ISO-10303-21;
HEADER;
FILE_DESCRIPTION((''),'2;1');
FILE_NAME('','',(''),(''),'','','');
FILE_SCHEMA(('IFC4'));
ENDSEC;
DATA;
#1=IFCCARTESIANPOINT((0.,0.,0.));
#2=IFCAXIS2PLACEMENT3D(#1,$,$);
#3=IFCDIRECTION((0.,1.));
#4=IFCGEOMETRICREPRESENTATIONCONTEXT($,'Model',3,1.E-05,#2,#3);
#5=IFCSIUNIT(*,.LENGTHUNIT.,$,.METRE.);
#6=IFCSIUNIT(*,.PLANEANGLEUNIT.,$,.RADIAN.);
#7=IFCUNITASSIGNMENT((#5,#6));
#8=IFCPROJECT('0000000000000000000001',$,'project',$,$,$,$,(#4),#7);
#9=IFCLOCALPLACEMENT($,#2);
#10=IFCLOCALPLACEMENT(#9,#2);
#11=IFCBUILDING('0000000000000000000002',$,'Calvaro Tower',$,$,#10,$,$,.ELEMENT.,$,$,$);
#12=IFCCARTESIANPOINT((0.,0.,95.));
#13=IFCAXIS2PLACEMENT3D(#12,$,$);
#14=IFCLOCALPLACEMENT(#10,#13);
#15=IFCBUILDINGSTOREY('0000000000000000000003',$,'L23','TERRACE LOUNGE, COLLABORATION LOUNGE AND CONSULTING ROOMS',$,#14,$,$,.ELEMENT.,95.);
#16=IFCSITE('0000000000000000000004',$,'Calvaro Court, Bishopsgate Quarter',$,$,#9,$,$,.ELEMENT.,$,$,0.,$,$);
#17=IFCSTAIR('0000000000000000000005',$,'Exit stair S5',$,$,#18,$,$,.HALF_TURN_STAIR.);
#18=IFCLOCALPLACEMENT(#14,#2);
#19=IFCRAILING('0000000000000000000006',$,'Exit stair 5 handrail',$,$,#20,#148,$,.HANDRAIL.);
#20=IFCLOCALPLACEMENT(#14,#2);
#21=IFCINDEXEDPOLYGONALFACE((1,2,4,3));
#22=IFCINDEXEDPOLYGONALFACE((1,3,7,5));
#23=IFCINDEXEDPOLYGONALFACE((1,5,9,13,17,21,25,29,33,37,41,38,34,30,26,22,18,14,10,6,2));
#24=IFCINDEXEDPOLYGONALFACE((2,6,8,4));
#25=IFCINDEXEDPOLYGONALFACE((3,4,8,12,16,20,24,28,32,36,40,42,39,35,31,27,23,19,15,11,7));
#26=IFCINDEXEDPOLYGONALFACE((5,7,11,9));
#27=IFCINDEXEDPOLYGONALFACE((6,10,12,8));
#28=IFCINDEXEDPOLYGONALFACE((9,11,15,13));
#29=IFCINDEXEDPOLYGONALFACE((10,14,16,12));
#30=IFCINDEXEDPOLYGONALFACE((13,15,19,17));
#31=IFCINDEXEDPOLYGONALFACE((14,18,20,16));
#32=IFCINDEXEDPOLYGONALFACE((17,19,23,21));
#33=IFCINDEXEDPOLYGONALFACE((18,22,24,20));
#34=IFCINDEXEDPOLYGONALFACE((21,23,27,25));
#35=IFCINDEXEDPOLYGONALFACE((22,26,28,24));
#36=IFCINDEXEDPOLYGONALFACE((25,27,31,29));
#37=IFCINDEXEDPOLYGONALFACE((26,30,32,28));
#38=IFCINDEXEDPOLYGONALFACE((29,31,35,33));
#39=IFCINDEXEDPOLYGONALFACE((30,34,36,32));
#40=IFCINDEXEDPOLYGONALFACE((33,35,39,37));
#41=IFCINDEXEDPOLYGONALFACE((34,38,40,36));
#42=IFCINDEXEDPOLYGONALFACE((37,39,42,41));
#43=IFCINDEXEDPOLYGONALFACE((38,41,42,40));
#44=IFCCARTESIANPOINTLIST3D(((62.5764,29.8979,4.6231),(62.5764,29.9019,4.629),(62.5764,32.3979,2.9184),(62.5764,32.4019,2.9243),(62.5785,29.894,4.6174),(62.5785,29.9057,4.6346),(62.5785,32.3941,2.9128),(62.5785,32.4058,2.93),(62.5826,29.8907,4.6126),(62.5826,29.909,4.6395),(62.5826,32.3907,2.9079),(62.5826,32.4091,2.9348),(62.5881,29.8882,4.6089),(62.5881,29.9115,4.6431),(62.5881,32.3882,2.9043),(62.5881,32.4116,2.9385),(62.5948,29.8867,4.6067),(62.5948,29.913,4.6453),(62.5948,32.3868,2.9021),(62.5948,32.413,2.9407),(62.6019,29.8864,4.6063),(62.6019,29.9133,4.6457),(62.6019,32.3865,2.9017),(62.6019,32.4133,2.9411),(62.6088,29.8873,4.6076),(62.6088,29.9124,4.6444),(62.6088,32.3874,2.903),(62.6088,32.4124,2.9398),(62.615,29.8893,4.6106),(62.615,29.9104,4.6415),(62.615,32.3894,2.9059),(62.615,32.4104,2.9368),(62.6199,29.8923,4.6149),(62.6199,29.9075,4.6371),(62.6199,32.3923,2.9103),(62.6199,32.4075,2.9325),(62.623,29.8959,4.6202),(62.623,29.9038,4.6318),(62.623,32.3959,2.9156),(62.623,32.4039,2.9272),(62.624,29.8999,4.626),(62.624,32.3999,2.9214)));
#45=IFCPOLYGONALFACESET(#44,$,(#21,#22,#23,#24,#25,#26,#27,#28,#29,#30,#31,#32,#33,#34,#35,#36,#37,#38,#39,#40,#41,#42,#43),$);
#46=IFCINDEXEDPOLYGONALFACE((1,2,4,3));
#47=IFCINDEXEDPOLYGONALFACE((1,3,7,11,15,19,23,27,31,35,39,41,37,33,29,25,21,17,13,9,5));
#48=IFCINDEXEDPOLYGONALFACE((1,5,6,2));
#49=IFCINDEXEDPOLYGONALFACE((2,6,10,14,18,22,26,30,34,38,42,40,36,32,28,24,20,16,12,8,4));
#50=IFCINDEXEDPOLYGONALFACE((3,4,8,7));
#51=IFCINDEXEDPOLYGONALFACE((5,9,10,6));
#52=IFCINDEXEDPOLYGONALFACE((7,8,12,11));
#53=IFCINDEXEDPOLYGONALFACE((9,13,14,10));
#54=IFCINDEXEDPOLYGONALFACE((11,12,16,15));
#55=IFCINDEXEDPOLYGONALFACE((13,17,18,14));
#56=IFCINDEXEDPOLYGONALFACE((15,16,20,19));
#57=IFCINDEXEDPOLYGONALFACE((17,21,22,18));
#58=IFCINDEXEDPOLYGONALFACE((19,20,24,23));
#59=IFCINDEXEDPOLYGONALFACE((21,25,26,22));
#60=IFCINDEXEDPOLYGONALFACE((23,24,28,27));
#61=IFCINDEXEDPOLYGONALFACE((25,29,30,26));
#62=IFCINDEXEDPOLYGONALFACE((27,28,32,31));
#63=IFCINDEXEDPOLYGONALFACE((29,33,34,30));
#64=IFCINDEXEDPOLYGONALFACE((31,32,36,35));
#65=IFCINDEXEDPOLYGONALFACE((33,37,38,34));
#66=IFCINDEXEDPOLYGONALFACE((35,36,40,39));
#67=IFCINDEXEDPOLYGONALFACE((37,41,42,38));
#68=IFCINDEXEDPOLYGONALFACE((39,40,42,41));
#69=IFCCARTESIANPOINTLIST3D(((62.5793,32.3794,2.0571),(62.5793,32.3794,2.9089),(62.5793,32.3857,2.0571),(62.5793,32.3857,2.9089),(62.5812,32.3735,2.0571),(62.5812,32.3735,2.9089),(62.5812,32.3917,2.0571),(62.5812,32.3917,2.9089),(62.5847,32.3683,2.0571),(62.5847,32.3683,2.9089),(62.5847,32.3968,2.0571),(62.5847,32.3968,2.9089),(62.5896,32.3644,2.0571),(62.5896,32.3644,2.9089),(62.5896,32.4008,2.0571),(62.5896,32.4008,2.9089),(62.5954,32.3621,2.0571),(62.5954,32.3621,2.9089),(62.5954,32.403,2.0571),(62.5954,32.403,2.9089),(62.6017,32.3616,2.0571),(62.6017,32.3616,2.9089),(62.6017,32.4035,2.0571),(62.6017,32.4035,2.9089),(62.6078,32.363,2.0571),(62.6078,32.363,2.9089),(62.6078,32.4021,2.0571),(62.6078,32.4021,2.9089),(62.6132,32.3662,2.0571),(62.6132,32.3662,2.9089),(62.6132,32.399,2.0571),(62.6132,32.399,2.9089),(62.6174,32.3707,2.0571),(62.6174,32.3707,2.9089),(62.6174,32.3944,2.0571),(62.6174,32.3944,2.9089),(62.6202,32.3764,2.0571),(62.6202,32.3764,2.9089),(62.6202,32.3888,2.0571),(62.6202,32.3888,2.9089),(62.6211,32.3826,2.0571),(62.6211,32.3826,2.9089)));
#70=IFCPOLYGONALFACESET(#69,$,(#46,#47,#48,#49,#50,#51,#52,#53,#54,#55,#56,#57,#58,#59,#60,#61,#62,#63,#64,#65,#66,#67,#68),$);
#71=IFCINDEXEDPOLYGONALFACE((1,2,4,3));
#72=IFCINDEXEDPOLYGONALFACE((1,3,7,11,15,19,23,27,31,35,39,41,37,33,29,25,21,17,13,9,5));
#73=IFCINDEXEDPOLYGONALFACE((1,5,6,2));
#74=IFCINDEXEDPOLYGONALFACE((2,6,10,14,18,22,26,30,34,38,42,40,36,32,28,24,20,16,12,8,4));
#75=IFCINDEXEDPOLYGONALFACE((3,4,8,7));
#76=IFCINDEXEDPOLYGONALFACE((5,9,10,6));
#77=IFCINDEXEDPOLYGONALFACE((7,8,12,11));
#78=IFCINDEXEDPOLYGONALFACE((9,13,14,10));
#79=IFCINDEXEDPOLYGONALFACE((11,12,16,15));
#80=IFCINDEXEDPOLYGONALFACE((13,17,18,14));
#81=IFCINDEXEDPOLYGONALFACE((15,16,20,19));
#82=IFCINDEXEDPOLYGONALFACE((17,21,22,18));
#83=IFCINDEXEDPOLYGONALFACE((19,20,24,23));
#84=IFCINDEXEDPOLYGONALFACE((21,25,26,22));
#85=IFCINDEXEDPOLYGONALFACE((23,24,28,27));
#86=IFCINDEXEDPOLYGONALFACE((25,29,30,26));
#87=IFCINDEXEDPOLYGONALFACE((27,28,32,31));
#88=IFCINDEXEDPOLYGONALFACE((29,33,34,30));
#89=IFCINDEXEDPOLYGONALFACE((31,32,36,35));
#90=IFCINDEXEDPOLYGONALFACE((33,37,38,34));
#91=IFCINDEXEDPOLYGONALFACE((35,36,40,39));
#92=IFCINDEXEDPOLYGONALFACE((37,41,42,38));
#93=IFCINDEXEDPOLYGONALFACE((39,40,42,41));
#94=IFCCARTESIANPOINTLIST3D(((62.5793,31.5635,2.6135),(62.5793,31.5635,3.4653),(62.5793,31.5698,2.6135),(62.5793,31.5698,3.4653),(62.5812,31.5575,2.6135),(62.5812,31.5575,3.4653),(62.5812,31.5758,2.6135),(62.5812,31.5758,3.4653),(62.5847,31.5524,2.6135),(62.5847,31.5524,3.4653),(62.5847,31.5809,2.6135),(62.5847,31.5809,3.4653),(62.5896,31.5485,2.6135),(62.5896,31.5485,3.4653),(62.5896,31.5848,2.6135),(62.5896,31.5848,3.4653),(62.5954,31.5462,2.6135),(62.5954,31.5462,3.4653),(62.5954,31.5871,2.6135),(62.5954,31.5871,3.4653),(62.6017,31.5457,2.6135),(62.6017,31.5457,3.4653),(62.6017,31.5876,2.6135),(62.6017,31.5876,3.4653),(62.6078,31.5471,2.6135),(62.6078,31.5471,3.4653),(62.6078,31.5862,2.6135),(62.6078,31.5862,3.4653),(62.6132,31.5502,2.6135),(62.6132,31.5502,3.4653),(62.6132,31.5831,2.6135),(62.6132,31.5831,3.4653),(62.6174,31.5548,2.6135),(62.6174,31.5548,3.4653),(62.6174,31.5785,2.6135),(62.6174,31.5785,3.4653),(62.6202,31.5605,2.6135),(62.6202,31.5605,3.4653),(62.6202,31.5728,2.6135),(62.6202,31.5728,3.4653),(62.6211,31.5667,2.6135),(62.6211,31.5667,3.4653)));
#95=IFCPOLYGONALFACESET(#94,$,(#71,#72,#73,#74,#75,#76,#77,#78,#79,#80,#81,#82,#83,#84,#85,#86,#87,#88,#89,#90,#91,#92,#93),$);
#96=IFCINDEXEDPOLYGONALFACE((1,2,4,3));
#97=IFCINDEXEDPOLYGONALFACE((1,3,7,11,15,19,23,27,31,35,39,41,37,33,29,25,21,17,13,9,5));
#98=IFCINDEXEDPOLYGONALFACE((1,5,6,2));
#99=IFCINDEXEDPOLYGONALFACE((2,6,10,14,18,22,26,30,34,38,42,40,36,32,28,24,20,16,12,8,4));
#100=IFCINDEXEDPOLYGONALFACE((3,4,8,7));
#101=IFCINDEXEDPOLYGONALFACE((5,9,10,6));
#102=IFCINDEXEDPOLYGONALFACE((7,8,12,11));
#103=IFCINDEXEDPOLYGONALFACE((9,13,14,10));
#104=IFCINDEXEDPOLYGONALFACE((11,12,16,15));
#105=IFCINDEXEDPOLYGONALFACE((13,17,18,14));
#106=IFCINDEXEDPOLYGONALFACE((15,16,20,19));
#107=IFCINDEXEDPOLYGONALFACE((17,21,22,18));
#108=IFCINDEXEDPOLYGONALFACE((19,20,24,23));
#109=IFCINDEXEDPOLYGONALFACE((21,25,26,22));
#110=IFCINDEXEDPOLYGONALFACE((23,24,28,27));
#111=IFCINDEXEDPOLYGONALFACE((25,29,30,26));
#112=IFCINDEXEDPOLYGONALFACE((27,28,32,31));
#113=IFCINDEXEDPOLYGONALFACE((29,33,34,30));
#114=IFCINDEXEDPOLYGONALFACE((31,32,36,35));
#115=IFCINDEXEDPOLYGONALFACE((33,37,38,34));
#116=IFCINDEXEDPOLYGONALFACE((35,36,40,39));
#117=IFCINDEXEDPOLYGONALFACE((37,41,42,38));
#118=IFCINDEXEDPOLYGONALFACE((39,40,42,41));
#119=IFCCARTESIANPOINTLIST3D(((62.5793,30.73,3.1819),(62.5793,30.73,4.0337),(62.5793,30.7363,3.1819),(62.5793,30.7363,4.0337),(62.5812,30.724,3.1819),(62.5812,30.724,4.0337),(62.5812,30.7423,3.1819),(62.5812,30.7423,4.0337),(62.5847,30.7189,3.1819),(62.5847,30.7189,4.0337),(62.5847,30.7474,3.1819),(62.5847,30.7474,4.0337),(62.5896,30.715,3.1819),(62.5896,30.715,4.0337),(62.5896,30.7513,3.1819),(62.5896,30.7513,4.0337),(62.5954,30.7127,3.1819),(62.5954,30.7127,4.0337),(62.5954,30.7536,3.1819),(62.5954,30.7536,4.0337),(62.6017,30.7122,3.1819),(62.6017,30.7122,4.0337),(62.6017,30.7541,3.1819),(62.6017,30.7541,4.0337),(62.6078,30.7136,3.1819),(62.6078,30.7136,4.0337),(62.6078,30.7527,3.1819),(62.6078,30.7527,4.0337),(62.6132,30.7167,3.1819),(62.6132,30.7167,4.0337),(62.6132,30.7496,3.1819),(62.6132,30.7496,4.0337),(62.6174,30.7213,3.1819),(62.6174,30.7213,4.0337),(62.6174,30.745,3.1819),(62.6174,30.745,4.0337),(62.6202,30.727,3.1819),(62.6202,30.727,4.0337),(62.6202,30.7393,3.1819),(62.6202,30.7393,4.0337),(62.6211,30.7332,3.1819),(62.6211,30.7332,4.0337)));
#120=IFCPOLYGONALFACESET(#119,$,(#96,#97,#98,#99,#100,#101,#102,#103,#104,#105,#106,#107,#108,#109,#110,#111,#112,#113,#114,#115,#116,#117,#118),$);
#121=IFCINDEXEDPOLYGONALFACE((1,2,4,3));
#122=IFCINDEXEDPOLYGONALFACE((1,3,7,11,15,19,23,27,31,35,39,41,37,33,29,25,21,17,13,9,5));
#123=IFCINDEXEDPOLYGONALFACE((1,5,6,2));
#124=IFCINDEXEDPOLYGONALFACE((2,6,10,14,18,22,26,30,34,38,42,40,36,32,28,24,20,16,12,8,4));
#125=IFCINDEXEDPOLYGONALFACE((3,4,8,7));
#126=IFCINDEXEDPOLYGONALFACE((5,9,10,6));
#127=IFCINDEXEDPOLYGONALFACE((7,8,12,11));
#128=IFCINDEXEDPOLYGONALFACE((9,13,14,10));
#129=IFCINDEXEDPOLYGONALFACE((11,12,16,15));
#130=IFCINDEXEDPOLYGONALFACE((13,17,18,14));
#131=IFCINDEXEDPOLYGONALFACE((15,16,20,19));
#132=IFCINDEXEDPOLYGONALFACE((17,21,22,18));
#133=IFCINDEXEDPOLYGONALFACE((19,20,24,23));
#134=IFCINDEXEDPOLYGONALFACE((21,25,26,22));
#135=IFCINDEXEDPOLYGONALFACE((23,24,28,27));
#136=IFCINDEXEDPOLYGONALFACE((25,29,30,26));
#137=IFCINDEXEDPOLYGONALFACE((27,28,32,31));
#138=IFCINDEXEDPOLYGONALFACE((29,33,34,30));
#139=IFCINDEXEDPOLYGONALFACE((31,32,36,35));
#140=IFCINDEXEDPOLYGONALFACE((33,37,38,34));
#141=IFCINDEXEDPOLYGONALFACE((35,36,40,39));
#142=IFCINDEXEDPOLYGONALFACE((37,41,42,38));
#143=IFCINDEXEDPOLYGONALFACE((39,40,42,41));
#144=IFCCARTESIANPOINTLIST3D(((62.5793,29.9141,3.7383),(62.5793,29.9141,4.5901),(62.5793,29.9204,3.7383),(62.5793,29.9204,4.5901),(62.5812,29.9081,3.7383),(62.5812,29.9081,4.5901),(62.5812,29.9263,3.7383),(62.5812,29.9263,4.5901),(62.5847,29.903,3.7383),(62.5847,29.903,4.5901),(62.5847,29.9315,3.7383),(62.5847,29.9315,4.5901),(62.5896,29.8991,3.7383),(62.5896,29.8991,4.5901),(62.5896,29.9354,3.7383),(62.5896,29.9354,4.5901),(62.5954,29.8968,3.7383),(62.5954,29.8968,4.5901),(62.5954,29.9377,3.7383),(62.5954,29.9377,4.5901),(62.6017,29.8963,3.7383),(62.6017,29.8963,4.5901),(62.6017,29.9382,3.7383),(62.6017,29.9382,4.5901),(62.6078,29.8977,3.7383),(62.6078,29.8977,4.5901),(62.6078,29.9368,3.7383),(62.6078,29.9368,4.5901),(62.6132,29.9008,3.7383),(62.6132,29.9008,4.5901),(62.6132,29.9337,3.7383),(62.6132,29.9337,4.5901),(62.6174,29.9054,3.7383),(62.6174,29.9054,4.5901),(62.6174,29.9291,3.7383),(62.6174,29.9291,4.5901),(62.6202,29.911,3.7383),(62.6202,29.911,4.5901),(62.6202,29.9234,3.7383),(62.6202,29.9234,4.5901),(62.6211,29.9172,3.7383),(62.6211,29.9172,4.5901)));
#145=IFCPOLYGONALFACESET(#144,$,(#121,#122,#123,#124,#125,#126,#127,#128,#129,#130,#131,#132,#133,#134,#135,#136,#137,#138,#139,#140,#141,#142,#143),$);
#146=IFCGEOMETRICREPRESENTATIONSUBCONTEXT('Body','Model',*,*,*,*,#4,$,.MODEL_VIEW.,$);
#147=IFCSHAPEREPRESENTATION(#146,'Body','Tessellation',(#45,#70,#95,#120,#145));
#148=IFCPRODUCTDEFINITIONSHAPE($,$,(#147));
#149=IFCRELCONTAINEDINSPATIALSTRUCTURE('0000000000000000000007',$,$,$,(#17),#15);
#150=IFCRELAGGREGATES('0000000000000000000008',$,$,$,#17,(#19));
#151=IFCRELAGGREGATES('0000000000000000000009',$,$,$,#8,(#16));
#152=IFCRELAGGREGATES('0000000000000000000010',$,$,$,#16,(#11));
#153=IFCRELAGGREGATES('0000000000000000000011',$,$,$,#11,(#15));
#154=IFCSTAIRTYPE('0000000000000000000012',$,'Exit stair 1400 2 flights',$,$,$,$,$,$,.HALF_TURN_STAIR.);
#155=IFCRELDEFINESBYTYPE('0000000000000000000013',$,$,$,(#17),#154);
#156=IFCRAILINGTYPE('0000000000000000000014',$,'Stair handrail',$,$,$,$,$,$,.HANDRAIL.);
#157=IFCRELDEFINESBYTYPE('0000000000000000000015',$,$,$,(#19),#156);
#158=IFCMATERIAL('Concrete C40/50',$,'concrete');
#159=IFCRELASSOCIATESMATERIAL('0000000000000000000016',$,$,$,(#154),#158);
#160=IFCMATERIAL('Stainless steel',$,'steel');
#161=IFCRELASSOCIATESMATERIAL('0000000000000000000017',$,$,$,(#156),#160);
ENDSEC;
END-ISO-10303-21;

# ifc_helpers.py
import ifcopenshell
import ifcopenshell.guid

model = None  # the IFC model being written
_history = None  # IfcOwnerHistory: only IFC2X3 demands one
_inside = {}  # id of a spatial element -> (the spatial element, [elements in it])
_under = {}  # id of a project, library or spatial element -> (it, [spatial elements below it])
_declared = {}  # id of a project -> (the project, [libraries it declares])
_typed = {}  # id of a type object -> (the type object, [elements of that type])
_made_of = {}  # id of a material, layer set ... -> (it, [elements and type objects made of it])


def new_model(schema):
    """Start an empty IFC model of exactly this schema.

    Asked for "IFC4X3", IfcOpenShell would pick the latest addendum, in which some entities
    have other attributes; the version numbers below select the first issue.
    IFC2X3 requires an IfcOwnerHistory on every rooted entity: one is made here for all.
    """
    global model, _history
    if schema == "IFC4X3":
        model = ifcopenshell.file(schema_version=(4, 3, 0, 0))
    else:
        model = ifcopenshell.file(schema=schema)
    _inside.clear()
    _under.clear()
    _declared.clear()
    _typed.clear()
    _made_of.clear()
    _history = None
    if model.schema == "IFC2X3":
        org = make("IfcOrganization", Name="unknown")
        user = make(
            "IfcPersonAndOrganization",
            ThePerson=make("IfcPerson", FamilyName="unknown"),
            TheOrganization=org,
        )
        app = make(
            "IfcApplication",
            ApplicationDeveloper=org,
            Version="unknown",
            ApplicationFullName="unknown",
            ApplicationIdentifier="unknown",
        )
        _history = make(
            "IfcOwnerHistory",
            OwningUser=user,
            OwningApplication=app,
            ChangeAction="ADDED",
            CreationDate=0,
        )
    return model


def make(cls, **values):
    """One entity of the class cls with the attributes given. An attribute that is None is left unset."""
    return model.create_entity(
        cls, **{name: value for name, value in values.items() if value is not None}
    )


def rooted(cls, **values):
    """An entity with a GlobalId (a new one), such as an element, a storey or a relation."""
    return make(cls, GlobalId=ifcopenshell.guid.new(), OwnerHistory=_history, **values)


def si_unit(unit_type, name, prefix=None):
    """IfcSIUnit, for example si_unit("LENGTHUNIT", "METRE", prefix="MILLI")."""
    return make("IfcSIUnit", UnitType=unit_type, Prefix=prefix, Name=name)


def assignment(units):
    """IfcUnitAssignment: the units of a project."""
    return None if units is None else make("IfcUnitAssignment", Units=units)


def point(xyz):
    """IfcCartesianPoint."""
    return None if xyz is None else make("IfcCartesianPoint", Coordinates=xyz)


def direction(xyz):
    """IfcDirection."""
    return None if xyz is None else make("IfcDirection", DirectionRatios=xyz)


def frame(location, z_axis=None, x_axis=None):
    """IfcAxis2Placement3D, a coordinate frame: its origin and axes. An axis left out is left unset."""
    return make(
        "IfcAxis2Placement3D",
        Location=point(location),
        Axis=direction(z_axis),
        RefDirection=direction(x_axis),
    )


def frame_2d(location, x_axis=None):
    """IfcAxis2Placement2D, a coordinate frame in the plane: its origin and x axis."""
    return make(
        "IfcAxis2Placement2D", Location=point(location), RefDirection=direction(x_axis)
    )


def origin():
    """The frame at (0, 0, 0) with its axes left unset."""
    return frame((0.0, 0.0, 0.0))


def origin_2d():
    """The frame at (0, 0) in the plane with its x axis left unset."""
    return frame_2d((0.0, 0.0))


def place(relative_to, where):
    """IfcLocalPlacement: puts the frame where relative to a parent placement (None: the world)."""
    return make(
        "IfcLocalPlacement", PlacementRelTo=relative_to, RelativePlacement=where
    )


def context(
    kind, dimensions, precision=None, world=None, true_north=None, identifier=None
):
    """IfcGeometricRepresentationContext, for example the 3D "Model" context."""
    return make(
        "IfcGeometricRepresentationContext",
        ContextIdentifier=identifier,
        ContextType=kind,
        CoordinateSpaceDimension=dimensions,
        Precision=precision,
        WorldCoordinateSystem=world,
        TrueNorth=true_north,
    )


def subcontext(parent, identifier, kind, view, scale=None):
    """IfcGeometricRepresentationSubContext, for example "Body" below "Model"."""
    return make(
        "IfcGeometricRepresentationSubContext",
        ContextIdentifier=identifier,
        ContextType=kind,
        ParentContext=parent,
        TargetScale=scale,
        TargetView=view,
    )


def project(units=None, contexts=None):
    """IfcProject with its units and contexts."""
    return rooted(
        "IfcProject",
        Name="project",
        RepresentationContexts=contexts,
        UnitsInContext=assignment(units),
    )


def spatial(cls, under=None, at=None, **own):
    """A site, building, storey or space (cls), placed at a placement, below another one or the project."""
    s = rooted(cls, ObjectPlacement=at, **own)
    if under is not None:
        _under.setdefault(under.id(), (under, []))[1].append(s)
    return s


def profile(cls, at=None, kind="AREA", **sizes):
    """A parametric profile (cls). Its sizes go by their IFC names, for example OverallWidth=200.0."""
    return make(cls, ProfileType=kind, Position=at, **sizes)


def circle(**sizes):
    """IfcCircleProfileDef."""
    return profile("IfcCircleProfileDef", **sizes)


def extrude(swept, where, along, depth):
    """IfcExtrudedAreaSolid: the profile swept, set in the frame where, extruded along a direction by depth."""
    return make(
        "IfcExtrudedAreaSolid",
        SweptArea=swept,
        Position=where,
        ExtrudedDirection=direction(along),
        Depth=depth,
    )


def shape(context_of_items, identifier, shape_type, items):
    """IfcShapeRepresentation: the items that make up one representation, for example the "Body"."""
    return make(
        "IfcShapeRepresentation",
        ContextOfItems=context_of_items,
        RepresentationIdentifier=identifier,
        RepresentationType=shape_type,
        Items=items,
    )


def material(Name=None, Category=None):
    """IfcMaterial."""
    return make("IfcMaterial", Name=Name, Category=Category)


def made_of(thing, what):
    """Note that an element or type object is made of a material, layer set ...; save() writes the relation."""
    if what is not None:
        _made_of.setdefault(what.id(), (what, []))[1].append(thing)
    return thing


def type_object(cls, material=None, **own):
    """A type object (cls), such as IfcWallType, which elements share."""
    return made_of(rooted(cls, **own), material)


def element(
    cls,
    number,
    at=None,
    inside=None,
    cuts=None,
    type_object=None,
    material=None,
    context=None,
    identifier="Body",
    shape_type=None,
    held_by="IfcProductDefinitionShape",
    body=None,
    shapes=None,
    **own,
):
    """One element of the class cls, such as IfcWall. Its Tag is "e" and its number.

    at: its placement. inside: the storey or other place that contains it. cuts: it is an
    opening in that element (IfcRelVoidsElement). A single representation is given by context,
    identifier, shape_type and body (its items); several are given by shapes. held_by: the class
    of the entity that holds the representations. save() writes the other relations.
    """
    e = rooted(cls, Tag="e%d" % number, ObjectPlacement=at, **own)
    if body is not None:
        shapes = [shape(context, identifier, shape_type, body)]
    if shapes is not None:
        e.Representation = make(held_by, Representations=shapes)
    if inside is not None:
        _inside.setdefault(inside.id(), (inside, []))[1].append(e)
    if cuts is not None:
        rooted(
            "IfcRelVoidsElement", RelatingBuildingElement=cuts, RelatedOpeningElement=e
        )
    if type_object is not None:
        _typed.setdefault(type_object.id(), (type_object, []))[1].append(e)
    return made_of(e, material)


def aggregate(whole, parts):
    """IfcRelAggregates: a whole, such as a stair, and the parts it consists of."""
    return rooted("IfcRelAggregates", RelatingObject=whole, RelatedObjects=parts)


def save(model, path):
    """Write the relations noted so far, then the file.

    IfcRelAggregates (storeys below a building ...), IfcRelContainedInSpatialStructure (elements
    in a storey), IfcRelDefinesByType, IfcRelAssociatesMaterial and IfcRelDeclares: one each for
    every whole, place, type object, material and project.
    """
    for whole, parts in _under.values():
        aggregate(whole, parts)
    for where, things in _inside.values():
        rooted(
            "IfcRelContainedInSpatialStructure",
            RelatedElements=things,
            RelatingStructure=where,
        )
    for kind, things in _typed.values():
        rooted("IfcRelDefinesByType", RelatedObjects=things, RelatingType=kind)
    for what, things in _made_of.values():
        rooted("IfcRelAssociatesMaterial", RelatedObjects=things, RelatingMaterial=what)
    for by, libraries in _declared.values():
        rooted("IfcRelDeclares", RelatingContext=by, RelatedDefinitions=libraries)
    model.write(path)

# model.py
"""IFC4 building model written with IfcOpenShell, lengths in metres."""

from ifc_helpers import new_model, si_unit, direction, frame, origin, origin_2d, place, context, subcontext, project, spatial, circle, extrude, material, type_object, element, aggregate, save


model = new_model("IFC4")

# Units and contexts
model_context = context("Model", 3, precision=1e-05, world=origin(), true_north=direction((0.0, 1.0)))
body_context = subcontext(model_context, "Body", "Model", "MODEL_VIEW")
ifc_project = project(units=[si_unit("LENGTHUNIT", "METRE"), si_unit("PLANEANGLEUNIT", "RADIAN")], contexts=[model_context])

# Site, building, storey
site_placement = place(None, origin())
site = spatial("IfcSite", under=ifc_project, at=site_placement, Name="Calvaro Court, Bishopsgate Quarter", CompositionType="ELEMENT", RefElevation=0.0)
building_placement = place(site_placement, origin())
building = spatial("IfcBuilding", under=site, at=building_placement, Name="Calvaro Tower", CompositionType="ELEMENT")
storey_placement = place(building_placement, frame((0.0, 0.0, 95.0)))
storey = spatial("IfcBuildingStorey", under=building, at=storey_placement, Name="L23", Description="TERRACE LOUNGE, COLLABORATION LOUNGE AND CONSULTING ROOMS", CompositionType="ELEMENT", Elevation=95.0)

# Stair, railing
ifc_material_1 = material(Name="Concrete C40/50", Category="concrete")
stair_type = type_object("IfcStairType", Name="Exit stair 1400 2 flights", PredefinedType="HALF_TURN_STAIR", material=ifc_material_1)
stair_placement = place(storey_placement, origin())
stair = element("IfcStair", 1, at=stair_placement, inside=storey, type_object=stair_type, Name="Exit stair S5", PredefinedType="HALF_TURN_STAIR")
ifc_material_2 = material(Name="Stainless steel", Category="steel")
railing_type = type_object("IfcRailingType", Name="Stair handrail", PredefinedType="HANDRAIL", material=ifc_material_2)
railing_1_placement = place(storey_placement, frame((62.6001, 32.3999, 2.0454)))
railing_1 = element("IfcRailing", 2, at=railing_1_placement, type_object=railing_type, Name="Exit stair 5 handrail", PredefinedType="HANDRAIL", context=body_context, shape_type="SweptSolid", body=[
    extrude(circle(Radius=0.0239, at=origin_2d()), frame((0.0, 0.0, 0.876), z_axis=(0.0, -0.826221, 0.563347), x_axis=(1.0, 0.0, 0.0)), (0.0, 0.0, 1.0), 3.0259),
    extrude(circle(Radius=0.021, at=origin_2d()), frame((0.0, -0.0173, 0.0117)), (0.0, 0.0, 1.0), 0.8518),
    extrude(circle(Radius=0.021, at=origin_2d()), frame((0.0, -0.8333, 0.5681)), (0.0, 0.0, 1.0), 0.8518),
    extrude(circle(Radius=0.021, at=origin_2d()), frame((0.0, -1.6667, 1.1365)), (0.0, 0.0, 1.0), 0.8518),
    extrude(circle(Radius=0.021, at=origin_2d()), frame((0.0, -2.4827, 1.6929)), (0.0, 0.0, 1.0), 0.8518),
])
aggregate(stair, [railing_1])

save(model, "model.ifc")
